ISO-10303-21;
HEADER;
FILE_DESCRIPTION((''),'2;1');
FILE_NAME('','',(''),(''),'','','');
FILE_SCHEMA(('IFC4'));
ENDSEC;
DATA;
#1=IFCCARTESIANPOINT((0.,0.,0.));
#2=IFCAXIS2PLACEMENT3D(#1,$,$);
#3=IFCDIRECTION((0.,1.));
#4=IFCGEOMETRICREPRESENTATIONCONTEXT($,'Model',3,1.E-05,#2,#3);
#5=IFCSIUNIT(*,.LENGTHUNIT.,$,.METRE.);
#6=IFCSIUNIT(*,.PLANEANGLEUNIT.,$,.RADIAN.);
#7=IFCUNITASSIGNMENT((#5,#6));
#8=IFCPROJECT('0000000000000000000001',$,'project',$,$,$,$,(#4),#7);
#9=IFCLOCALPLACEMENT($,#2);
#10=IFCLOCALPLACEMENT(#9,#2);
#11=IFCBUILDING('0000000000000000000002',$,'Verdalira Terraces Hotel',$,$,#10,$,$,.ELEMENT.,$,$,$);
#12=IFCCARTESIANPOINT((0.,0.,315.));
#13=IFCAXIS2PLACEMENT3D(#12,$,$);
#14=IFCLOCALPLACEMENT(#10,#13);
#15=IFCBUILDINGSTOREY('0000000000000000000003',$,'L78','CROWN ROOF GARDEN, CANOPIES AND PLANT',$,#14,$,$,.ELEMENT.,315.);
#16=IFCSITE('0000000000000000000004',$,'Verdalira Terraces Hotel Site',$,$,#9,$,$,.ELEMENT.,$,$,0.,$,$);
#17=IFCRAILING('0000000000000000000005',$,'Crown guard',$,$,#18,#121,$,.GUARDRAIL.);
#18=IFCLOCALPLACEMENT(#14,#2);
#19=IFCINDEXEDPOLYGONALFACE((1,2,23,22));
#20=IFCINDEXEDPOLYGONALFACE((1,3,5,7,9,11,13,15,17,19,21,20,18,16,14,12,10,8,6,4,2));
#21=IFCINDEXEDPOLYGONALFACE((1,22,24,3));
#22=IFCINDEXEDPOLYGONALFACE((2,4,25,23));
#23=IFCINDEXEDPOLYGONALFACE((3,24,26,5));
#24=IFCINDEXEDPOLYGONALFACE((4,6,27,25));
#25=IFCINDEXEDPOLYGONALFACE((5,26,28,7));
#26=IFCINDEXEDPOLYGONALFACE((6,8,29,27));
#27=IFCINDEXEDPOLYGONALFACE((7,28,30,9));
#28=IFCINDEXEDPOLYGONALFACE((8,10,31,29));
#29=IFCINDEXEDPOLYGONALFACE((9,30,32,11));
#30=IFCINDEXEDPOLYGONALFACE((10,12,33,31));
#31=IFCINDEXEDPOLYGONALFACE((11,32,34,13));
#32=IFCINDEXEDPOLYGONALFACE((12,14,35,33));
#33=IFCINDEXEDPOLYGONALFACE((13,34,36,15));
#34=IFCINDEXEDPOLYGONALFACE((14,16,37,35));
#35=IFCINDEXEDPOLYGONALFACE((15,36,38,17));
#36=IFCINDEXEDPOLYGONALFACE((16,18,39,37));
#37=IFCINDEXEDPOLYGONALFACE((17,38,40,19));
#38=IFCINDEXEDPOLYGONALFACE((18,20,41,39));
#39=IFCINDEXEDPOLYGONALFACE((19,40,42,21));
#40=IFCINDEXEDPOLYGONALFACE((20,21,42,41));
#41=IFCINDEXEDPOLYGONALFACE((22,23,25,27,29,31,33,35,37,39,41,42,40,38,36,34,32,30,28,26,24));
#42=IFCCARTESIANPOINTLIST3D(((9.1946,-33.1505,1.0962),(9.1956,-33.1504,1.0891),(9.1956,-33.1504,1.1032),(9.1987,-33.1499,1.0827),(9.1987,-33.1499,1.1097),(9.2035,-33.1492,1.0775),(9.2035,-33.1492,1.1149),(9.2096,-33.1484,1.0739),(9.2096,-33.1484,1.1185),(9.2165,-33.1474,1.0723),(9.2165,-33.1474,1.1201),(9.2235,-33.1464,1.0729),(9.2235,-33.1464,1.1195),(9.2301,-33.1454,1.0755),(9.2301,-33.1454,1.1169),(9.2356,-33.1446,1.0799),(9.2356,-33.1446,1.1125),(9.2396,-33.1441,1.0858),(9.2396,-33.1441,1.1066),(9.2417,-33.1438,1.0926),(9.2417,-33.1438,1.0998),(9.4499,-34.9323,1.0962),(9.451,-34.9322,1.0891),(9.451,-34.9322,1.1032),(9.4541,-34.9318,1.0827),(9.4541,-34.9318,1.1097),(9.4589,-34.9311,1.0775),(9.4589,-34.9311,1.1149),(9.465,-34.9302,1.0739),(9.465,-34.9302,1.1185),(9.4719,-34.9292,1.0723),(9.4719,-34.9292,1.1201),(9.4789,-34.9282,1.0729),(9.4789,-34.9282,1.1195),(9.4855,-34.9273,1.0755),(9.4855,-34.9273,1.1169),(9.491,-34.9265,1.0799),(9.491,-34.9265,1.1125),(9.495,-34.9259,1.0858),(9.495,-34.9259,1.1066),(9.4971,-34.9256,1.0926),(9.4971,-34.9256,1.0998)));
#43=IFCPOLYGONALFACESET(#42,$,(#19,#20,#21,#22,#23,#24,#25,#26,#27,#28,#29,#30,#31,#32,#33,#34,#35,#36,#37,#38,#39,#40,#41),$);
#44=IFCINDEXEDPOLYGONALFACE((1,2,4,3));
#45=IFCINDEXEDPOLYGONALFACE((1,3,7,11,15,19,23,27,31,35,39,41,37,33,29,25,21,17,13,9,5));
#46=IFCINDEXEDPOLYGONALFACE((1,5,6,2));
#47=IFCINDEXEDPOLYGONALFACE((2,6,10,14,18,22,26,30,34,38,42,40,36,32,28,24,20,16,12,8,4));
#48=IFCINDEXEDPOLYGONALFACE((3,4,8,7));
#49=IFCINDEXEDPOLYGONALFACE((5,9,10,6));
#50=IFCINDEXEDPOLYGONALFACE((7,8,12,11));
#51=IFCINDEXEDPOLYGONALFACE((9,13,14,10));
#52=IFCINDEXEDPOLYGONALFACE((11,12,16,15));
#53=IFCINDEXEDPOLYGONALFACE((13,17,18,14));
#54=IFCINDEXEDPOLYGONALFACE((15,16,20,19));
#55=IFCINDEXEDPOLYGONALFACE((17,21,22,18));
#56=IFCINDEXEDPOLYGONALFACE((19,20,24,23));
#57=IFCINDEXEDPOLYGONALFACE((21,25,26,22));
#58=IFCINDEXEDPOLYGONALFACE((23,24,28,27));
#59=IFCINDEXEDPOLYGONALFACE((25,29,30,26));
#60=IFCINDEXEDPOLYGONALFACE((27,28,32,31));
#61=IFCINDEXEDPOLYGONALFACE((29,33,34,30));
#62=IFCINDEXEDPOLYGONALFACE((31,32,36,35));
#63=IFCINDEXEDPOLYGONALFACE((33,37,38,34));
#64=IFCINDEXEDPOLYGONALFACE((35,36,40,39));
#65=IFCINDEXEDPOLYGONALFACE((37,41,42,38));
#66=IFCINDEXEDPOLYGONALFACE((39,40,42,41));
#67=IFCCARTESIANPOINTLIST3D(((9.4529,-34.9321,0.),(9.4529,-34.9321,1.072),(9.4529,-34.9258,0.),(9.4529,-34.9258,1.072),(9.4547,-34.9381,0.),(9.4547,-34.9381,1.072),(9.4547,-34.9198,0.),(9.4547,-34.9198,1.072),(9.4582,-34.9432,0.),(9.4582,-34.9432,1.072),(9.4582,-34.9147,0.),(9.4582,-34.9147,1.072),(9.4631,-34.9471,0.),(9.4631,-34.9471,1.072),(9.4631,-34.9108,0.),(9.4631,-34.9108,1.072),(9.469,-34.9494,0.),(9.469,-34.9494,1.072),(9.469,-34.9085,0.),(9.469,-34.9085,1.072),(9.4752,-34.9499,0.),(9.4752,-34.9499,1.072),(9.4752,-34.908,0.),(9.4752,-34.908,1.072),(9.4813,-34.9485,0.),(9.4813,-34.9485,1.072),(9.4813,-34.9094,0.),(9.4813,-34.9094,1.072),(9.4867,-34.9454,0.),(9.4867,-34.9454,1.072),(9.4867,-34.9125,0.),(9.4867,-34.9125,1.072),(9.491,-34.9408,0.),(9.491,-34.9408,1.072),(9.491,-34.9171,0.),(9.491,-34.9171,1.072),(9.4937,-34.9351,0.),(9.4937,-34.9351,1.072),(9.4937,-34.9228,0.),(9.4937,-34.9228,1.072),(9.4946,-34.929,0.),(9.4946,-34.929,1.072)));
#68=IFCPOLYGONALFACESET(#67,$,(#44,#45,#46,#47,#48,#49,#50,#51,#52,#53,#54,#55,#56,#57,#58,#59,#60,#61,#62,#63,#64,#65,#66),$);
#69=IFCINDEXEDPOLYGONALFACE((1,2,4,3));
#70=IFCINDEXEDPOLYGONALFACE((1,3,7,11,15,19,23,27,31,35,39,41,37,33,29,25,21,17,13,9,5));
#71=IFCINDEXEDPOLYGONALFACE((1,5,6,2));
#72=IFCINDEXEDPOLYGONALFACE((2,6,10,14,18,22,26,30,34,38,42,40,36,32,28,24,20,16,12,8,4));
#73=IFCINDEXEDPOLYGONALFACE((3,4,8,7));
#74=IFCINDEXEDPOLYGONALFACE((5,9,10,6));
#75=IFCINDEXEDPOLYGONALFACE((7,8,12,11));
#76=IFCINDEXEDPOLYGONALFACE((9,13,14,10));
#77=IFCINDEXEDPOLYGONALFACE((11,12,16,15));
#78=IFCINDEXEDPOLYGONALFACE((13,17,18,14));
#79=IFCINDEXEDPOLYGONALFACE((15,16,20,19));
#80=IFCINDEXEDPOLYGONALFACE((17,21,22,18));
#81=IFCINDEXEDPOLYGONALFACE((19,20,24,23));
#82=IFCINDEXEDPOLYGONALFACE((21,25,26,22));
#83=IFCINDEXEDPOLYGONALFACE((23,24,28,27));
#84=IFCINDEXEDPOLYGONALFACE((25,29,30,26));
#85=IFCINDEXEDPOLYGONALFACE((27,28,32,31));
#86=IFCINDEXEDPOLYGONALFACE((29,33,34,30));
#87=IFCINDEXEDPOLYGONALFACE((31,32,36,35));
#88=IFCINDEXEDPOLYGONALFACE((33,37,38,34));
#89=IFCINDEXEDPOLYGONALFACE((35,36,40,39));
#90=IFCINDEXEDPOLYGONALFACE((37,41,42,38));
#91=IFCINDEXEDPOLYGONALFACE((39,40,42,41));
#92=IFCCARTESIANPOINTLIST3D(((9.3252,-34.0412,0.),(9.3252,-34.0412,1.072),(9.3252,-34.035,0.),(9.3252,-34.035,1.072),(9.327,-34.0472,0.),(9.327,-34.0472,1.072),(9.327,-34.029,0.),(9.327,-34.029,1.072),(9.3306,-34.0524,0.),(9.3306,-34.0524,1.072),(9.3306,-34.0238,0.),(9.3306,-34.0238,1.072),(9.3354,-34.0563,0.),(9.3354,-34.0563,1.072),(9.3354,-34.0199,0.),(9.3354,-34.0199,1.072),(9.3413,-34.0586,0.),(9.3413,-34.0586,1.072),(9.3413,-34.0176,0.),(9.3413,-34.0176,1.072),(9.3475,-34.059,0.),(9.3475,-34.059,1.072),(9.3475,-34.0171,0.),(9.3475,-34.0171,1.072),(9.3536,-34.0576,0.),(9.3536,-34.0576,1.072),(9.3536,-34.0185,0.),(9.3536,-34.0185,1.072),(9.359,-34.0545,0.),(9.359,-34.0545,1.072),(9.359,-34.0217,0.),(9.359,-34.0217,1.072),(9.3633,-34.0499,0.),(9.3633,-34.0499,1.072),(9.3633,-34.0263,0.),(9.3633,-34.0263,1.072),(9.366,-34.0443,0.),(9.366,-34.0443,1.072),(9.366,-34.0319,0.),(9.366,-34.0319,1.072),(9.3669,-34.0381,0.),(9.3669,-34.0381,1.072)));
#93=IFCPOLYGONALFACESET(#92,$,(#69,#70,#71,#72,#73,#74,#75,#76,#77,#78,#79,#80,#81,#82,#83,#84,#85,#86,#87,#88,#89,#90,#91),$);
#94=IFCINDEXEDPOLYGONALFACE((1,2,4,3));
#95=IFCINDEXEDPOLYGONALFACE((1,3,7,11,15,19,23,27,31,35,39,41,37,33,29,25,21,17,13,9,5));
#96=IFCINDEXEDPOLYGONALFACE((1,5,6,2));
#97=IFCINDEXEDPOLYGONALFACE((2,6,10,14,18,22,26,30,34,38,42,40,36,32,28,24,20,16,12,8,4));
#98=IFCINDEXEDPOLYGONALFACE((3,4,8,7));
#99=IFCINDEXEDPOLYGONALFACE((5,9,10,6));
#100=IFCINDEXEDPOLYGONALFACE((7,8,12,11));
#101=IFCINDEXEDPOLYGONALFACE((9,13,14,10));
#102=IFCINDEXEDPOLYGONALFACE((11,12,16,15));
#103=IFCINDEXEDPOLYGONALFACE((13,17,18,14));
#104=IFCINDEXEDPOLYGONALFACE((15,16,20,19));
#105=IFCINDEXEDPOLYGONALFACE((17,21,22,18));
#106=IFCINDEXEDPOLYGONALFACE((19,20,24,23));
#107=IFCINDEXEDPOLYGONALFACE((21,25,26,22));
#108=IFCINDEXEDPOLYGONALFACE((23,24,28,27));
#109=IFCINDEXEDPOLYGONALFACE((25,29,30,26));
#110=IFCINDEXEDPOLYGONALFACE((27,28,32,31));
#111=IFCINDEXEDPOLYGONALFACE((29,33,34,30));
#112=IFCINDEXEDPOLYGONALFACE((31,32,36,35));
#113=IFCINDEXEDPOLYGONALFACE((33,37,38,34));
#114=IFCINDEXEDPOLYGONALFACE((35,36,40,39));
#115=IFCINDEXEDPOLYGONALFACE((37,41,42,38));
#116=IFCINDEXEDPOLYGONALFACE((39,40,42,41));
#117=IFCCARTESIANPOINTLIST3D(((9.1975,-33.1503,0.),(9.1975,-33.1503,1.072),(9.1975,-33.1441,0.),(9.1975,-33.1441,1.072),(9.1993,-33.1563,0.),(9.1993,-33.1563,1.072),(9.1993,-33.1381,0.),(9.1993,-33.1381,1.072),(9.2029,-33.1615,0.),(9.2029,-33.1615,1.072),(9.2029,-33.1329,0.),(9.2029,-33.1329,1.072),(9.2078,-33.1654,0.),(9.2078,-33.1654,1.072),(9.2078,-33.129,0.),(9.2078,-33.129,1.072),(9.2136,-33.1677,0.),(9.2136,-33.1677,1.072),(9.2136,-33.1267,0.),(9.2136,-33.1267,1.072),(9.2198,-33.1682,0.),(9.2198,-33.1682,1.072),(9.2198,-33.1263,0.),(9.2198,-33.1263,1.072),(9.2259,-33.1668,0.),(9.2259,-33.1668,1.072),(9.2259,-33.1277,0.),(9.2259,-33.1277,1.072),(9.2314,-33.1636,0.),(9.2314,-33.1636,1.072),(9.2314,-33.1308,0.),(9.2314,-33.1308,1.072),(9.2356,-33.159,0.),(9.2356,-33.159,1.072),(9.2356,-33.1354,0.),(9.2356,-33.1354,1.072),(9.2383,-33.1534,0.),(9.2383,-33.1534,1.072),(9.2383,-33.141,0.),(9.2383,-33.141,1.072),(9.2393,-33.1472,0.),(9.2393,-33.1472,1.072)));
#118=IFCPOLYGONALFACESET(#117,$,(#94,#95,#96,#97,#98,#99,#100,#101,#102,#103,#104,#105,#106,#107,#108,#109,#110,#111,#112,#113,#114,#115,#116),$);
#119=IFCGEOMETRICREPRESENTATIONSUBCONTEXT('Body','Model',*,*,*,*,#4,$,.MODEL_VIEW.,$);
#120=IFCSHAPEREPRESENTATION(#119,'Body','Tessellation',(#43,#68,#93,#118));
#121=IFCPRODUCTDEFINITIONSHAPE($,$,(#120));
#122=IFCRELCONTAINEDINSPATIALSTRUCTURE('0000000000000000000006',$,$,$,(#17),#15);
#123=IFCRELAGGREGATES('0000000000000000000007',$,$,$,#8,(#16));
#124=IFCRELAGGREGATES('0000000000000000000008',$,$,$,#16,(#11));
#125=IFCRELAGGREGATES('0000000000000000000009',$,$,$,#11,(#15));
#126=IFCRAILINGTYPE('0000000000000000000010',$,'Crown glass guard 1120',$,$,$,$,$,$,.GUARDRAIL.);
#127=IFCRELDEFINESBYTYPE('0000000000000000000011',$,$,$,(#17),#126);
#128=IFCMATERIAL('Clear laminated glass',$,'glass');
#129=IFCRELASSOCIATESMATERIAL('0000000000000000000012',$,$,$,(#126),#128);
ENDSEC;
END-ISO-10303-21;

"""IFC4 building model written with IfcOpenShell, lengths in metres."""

from ifc_helpers import new_model, si_unit, direction, frame, origin, origin_2d, place, context, subcontext, project, spatial, circle, extrude, material, type_object, element, save


model = new_model("IFC4")

# Units and contexts
model_context = context("Model", 3, precision=1e-05, world=origin(), true_north=direction((0.0, 1.0)))
body_context = subcontext(model_context, "Body", "Model", "MODEL_VIEW")
ifc_project = project(units=[si_unit("LENGTHUNIT", "METRE"), si_unit("PLANEANGLEUNIT", "RADIAN")], contexts=[model_context])

# Site, building, storey
site_placement = place(None, origin())
site = spatial("IfcSite", under=ifc_project, at=site_placement, Name="Verdalira Terraces Hotel Site", CompositionType="ELEMENT", RefElevation=0.0)
building_placement = place(site_placement, origin())
building = spatial("IfcBuilding", under=site, at=building_placement, Name="Verdalira Terraces Hotel", CompositionType="ELEMENT")
storey_placement = place(building_placement, frame((0.0, 0.0, 315.0)))
storey = spatial("IfcBuildingStorey", under=building, at=storey_placement, Name="L78", Description="CROWN ROOF GARDEN, CANOPIES AND PLANT", CompositionType="ELEMENT", Elevation=315.0)

# Railing
ifc_material_1 = material(Name="Clear laminated glass", Category="glass")
railing_type = type_object("IfcRailingType", Name="Crown glass guard 1120", PredefinedType="GUARDRAIL", material=ifc_material_1)
railing_1_placement = place(storey_placement, frame((9.4736, -34.929, 0.0)))
element("IfcRailing", 1, at=railing_1_placement, inside=storey, type_object=railing_type, Name="Crown guard", PredefinedType="GUARDRAIL", context=body_context, shape_type="SweptSolid", body=[
    extrude(circle(Radius=0.0239, at=origin_2d()), frame((0.0, 0.0, 1.0962), z_axis=(-0.141877, 0.989884, 0.0), x_axis=(-0.989884, -0.141877, 0.0)), (0.0, 0.0, 1.0), 1.8),
    extrude(circle(Radius=0.021, at=origin_2d()), origin(), (0.0, 0.0, 1.0), 1.072),
    extrude(circle(Radius=0.021, at=origin_2d()), frame((-0.1277, 0.8909, 0.0)), (0.0, 0.0, 1.0), 1.072),
    extrude(circle(Radius=0.021, at=origin_2d()), frame((-0.2554, 1.7817, 0.0)), (0.0, 0.0, 1.0), 1.072),
])

save(model, "model.ifc")
